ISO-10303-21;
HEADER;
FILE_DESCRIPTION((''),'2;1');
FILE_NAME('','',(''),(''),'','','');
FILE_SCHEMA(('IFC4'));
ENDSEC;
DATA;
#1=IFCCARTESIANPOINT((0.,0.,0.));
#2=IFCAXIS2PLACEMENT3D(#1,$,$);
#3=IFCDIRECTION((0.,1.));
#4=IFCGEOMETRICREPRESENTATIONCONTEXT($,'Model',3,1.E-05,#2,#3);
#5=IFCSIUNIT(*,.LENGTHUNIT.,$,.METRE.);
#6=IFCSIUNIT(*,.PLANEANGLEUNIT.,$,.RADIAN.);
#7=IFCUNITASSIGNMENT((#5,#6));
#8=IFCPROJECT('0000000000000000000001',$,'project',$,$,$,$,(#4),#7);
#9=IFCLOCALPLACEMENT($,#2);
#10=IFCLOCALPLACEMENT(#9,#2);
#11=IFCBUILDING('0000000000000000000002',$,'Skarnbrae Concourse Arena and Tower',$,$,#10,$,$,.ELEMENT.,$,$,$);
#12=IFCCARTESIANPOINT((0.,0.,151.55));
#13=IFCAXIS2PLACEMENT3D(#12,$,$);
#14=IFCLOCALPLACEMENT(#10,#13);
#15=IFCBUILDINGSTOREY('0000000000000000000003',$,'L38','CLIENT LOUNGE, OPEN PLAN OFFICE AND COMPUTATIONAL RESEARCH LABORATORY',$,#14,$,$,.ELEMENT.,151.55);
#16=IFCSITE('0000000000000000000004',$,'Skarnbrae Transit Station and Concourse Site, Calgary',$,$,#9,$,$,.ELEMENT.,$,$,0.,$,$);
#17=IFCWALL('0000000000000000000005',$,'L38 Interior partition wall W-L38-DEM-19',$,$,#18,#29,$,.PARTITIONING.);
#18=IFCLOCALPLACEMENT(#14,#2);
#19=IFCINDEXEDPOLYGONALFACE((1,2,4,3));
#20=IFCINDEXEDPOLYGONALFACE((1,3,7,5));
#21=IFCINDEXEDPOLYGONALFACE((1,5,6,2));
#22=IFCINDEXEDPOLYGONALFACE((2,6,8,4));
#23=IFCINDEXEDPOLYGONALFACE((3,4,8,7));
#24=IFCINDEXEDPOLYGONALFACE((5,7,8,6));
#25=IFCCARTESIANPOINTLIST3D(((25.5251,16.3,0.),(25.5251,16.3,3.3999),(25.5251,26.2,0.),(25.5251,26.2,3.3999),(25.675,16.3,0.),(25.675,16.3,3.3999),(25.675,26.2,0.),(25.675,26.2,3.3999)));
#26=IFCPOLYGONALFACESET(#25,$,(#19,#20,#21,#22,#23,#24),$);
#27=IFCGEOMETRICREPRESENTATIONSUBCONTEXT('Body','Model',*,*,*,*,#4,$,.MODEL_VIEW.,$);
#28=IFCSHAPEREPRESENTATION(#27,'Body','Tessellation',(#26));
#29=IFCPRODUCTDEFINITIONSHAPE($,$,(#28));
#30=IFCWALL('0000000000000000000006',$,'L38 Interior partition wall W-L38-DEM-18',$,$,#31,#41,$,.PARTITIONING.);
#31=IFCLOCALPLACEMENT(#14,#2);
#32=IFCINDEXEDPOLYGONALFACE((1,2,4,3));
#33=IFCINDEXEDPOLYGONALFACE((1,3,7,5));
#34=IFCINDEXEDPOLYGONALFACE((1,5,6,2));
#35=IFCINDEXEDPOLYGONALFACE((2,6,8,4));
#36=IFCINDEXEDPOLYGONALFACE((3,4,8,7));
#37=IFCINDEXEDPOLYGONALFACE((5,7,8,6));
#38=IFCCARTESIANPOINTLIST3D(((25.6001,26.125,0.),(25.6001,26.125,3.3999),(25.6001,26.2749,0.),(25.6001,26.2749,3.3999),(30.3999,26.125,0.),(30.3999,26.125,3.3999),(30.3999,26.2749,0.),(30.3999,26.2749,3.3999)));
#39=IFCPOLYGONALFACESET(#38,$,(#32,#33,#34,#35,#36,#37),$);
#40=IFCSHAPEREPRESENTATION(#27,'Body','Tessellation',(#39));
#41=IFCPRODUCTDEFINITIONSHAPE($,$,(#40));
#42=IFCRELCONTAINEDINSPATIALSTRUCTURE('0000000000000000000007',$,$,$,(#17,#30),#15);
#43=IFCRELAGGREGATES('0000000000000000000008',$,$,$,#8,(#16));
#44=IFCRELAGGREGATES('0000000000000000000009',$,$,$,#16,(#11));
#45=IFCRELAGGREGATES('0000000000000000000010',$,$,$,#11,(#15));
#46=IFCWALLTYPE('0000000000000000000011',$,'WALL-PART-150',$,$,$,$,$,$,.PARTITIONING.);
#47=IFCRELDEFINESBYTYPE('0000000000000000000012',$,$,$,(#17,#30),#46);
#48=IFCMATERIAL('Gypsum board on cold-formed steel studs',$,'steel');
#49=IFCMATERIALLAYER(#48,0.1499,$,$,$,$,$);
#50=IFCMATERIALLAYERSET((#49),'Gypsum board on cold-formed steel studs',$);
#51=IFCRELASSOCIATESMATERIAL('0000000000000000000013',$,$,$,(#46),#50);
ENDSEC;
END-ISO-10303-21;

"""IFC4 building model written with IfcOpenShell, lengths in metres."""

from ifc_helpers import new_model, si_unit, direction, frame, frame_2d, origin, place, context, subcontext, project, spatial, rectangle, extrude, source, transform, mapped, material, layer, layer_set, type_object, element, save


model = new_model("IFC4")

# Units and contexts
model_context = context("Model", 3, precision=1e-05, world=origin(), true_north=direction((0.0, 1.0)))
body_context = subcontext(model_context, "Body", "Model", "MODEL_VIEW")
ifc_project = project(units=[si_unit("LENGTHUNIT", "METRE"), si_unit("PLANEANGLEUNIT", "RADIAN")], contexts=[model_context])

# Site, building, storey
site_placement = place(None, origin())
site = spatial("IfcSite", under=ifc_project, at=site_placement, Name="Skarnbrae Transit Station and Concourse Site, Calgary", CompositionType="ELEMENT", RefElevation=0.0)
building_placement = place(site_placement, origin())
building = spatial("IfcBuilding", under=site, at=building_placement, Name="Skarnbrae Concourse Arena and Tower", CompositionType="ELEMENT")
storey_placement = place(building_placement, frame((0.0, 0.0, 151.55)))
storey = spatial("IfcBuildingStorey", under=building, at=storey_placement, Name="L38", Description="CLIENT LOUNGE, OPEN PLAN OFFICE AND COMPUTATIONAL RESEARCH LABORATORY", CompositionType="ELEMENT", Elevation=151.55)

# Shared definitions
ifc_material_1 = material(Name="Gypsum board on cold-formed steel studs", Category="steel")

# Walls
ifc_layer_1 = layer(ifc_material_1, 0.1499)
ifc_layer_set_1 = layer_set([ifc_layer_1], Name="Gypsum board on cold-formed steel studs")
wall_type_1 = type_object("IfcWallType", Name="WALL-PART-150", PredefinedType="PARTITIONING", material=ifc_layer_set_1)
shared_shape_1 = source(origin(), body_context, "Body", "SweptSolid", [
    extrude(rectangle(XDim=9.8999, YDim=0.1499, at=frame_2d((4.95, 0.0))), origin(), (0.0, 0.0, 1.0), 3.3999),
])
wall_1_placement = place(storey_placement, frame((25.6001, 26.2, 0.0), z_axis=(0.0, 0.0, 1.0), x_axis=(0.0, -1.0, 0.0)))
element("IfcWall", 1, at=wall_1_placement, inside=storey, type_object=wall_type_1, Name="L38 Interior partition wall W-L38-DEM-19", PredefinedType="PARTITIONING", context=body_context, shape_type="MappedRepresentation", body=[
    mapped(shared_shape_1, transform((0.0, 0.0, 0.0))),
])
shared_shape_2 = source(origin(), body_context, "Body", "SweptSolid", [
    extrude(rectangle(XDim=4.7998, YDim=0.1499, at=frame_2d((2.3999, 0.0))), origin(), (0.0, 0.0, 1.0), 3.3999),
])
wall_2_placement = place(storey_placement, frame((30.3999, 26.2, 0.0), z_axis=(0.0, 0.0, 1.0), x_axis=(-1.0, 0.0, 0.0)))
element("IfcWall", 2, at=wall_2_placement, inside=storey, type_object=wall_type_1, Name="L38 Interior partition wall W-L38-DEM-18", PredefinedType="PARTITIONING", context=body_context, shape_type="MappedRepresentation", body=[
    mapped(shared_shape_2, transform((0.0, 0.0, 0.0))),
])

save(model, "model.ifc")
